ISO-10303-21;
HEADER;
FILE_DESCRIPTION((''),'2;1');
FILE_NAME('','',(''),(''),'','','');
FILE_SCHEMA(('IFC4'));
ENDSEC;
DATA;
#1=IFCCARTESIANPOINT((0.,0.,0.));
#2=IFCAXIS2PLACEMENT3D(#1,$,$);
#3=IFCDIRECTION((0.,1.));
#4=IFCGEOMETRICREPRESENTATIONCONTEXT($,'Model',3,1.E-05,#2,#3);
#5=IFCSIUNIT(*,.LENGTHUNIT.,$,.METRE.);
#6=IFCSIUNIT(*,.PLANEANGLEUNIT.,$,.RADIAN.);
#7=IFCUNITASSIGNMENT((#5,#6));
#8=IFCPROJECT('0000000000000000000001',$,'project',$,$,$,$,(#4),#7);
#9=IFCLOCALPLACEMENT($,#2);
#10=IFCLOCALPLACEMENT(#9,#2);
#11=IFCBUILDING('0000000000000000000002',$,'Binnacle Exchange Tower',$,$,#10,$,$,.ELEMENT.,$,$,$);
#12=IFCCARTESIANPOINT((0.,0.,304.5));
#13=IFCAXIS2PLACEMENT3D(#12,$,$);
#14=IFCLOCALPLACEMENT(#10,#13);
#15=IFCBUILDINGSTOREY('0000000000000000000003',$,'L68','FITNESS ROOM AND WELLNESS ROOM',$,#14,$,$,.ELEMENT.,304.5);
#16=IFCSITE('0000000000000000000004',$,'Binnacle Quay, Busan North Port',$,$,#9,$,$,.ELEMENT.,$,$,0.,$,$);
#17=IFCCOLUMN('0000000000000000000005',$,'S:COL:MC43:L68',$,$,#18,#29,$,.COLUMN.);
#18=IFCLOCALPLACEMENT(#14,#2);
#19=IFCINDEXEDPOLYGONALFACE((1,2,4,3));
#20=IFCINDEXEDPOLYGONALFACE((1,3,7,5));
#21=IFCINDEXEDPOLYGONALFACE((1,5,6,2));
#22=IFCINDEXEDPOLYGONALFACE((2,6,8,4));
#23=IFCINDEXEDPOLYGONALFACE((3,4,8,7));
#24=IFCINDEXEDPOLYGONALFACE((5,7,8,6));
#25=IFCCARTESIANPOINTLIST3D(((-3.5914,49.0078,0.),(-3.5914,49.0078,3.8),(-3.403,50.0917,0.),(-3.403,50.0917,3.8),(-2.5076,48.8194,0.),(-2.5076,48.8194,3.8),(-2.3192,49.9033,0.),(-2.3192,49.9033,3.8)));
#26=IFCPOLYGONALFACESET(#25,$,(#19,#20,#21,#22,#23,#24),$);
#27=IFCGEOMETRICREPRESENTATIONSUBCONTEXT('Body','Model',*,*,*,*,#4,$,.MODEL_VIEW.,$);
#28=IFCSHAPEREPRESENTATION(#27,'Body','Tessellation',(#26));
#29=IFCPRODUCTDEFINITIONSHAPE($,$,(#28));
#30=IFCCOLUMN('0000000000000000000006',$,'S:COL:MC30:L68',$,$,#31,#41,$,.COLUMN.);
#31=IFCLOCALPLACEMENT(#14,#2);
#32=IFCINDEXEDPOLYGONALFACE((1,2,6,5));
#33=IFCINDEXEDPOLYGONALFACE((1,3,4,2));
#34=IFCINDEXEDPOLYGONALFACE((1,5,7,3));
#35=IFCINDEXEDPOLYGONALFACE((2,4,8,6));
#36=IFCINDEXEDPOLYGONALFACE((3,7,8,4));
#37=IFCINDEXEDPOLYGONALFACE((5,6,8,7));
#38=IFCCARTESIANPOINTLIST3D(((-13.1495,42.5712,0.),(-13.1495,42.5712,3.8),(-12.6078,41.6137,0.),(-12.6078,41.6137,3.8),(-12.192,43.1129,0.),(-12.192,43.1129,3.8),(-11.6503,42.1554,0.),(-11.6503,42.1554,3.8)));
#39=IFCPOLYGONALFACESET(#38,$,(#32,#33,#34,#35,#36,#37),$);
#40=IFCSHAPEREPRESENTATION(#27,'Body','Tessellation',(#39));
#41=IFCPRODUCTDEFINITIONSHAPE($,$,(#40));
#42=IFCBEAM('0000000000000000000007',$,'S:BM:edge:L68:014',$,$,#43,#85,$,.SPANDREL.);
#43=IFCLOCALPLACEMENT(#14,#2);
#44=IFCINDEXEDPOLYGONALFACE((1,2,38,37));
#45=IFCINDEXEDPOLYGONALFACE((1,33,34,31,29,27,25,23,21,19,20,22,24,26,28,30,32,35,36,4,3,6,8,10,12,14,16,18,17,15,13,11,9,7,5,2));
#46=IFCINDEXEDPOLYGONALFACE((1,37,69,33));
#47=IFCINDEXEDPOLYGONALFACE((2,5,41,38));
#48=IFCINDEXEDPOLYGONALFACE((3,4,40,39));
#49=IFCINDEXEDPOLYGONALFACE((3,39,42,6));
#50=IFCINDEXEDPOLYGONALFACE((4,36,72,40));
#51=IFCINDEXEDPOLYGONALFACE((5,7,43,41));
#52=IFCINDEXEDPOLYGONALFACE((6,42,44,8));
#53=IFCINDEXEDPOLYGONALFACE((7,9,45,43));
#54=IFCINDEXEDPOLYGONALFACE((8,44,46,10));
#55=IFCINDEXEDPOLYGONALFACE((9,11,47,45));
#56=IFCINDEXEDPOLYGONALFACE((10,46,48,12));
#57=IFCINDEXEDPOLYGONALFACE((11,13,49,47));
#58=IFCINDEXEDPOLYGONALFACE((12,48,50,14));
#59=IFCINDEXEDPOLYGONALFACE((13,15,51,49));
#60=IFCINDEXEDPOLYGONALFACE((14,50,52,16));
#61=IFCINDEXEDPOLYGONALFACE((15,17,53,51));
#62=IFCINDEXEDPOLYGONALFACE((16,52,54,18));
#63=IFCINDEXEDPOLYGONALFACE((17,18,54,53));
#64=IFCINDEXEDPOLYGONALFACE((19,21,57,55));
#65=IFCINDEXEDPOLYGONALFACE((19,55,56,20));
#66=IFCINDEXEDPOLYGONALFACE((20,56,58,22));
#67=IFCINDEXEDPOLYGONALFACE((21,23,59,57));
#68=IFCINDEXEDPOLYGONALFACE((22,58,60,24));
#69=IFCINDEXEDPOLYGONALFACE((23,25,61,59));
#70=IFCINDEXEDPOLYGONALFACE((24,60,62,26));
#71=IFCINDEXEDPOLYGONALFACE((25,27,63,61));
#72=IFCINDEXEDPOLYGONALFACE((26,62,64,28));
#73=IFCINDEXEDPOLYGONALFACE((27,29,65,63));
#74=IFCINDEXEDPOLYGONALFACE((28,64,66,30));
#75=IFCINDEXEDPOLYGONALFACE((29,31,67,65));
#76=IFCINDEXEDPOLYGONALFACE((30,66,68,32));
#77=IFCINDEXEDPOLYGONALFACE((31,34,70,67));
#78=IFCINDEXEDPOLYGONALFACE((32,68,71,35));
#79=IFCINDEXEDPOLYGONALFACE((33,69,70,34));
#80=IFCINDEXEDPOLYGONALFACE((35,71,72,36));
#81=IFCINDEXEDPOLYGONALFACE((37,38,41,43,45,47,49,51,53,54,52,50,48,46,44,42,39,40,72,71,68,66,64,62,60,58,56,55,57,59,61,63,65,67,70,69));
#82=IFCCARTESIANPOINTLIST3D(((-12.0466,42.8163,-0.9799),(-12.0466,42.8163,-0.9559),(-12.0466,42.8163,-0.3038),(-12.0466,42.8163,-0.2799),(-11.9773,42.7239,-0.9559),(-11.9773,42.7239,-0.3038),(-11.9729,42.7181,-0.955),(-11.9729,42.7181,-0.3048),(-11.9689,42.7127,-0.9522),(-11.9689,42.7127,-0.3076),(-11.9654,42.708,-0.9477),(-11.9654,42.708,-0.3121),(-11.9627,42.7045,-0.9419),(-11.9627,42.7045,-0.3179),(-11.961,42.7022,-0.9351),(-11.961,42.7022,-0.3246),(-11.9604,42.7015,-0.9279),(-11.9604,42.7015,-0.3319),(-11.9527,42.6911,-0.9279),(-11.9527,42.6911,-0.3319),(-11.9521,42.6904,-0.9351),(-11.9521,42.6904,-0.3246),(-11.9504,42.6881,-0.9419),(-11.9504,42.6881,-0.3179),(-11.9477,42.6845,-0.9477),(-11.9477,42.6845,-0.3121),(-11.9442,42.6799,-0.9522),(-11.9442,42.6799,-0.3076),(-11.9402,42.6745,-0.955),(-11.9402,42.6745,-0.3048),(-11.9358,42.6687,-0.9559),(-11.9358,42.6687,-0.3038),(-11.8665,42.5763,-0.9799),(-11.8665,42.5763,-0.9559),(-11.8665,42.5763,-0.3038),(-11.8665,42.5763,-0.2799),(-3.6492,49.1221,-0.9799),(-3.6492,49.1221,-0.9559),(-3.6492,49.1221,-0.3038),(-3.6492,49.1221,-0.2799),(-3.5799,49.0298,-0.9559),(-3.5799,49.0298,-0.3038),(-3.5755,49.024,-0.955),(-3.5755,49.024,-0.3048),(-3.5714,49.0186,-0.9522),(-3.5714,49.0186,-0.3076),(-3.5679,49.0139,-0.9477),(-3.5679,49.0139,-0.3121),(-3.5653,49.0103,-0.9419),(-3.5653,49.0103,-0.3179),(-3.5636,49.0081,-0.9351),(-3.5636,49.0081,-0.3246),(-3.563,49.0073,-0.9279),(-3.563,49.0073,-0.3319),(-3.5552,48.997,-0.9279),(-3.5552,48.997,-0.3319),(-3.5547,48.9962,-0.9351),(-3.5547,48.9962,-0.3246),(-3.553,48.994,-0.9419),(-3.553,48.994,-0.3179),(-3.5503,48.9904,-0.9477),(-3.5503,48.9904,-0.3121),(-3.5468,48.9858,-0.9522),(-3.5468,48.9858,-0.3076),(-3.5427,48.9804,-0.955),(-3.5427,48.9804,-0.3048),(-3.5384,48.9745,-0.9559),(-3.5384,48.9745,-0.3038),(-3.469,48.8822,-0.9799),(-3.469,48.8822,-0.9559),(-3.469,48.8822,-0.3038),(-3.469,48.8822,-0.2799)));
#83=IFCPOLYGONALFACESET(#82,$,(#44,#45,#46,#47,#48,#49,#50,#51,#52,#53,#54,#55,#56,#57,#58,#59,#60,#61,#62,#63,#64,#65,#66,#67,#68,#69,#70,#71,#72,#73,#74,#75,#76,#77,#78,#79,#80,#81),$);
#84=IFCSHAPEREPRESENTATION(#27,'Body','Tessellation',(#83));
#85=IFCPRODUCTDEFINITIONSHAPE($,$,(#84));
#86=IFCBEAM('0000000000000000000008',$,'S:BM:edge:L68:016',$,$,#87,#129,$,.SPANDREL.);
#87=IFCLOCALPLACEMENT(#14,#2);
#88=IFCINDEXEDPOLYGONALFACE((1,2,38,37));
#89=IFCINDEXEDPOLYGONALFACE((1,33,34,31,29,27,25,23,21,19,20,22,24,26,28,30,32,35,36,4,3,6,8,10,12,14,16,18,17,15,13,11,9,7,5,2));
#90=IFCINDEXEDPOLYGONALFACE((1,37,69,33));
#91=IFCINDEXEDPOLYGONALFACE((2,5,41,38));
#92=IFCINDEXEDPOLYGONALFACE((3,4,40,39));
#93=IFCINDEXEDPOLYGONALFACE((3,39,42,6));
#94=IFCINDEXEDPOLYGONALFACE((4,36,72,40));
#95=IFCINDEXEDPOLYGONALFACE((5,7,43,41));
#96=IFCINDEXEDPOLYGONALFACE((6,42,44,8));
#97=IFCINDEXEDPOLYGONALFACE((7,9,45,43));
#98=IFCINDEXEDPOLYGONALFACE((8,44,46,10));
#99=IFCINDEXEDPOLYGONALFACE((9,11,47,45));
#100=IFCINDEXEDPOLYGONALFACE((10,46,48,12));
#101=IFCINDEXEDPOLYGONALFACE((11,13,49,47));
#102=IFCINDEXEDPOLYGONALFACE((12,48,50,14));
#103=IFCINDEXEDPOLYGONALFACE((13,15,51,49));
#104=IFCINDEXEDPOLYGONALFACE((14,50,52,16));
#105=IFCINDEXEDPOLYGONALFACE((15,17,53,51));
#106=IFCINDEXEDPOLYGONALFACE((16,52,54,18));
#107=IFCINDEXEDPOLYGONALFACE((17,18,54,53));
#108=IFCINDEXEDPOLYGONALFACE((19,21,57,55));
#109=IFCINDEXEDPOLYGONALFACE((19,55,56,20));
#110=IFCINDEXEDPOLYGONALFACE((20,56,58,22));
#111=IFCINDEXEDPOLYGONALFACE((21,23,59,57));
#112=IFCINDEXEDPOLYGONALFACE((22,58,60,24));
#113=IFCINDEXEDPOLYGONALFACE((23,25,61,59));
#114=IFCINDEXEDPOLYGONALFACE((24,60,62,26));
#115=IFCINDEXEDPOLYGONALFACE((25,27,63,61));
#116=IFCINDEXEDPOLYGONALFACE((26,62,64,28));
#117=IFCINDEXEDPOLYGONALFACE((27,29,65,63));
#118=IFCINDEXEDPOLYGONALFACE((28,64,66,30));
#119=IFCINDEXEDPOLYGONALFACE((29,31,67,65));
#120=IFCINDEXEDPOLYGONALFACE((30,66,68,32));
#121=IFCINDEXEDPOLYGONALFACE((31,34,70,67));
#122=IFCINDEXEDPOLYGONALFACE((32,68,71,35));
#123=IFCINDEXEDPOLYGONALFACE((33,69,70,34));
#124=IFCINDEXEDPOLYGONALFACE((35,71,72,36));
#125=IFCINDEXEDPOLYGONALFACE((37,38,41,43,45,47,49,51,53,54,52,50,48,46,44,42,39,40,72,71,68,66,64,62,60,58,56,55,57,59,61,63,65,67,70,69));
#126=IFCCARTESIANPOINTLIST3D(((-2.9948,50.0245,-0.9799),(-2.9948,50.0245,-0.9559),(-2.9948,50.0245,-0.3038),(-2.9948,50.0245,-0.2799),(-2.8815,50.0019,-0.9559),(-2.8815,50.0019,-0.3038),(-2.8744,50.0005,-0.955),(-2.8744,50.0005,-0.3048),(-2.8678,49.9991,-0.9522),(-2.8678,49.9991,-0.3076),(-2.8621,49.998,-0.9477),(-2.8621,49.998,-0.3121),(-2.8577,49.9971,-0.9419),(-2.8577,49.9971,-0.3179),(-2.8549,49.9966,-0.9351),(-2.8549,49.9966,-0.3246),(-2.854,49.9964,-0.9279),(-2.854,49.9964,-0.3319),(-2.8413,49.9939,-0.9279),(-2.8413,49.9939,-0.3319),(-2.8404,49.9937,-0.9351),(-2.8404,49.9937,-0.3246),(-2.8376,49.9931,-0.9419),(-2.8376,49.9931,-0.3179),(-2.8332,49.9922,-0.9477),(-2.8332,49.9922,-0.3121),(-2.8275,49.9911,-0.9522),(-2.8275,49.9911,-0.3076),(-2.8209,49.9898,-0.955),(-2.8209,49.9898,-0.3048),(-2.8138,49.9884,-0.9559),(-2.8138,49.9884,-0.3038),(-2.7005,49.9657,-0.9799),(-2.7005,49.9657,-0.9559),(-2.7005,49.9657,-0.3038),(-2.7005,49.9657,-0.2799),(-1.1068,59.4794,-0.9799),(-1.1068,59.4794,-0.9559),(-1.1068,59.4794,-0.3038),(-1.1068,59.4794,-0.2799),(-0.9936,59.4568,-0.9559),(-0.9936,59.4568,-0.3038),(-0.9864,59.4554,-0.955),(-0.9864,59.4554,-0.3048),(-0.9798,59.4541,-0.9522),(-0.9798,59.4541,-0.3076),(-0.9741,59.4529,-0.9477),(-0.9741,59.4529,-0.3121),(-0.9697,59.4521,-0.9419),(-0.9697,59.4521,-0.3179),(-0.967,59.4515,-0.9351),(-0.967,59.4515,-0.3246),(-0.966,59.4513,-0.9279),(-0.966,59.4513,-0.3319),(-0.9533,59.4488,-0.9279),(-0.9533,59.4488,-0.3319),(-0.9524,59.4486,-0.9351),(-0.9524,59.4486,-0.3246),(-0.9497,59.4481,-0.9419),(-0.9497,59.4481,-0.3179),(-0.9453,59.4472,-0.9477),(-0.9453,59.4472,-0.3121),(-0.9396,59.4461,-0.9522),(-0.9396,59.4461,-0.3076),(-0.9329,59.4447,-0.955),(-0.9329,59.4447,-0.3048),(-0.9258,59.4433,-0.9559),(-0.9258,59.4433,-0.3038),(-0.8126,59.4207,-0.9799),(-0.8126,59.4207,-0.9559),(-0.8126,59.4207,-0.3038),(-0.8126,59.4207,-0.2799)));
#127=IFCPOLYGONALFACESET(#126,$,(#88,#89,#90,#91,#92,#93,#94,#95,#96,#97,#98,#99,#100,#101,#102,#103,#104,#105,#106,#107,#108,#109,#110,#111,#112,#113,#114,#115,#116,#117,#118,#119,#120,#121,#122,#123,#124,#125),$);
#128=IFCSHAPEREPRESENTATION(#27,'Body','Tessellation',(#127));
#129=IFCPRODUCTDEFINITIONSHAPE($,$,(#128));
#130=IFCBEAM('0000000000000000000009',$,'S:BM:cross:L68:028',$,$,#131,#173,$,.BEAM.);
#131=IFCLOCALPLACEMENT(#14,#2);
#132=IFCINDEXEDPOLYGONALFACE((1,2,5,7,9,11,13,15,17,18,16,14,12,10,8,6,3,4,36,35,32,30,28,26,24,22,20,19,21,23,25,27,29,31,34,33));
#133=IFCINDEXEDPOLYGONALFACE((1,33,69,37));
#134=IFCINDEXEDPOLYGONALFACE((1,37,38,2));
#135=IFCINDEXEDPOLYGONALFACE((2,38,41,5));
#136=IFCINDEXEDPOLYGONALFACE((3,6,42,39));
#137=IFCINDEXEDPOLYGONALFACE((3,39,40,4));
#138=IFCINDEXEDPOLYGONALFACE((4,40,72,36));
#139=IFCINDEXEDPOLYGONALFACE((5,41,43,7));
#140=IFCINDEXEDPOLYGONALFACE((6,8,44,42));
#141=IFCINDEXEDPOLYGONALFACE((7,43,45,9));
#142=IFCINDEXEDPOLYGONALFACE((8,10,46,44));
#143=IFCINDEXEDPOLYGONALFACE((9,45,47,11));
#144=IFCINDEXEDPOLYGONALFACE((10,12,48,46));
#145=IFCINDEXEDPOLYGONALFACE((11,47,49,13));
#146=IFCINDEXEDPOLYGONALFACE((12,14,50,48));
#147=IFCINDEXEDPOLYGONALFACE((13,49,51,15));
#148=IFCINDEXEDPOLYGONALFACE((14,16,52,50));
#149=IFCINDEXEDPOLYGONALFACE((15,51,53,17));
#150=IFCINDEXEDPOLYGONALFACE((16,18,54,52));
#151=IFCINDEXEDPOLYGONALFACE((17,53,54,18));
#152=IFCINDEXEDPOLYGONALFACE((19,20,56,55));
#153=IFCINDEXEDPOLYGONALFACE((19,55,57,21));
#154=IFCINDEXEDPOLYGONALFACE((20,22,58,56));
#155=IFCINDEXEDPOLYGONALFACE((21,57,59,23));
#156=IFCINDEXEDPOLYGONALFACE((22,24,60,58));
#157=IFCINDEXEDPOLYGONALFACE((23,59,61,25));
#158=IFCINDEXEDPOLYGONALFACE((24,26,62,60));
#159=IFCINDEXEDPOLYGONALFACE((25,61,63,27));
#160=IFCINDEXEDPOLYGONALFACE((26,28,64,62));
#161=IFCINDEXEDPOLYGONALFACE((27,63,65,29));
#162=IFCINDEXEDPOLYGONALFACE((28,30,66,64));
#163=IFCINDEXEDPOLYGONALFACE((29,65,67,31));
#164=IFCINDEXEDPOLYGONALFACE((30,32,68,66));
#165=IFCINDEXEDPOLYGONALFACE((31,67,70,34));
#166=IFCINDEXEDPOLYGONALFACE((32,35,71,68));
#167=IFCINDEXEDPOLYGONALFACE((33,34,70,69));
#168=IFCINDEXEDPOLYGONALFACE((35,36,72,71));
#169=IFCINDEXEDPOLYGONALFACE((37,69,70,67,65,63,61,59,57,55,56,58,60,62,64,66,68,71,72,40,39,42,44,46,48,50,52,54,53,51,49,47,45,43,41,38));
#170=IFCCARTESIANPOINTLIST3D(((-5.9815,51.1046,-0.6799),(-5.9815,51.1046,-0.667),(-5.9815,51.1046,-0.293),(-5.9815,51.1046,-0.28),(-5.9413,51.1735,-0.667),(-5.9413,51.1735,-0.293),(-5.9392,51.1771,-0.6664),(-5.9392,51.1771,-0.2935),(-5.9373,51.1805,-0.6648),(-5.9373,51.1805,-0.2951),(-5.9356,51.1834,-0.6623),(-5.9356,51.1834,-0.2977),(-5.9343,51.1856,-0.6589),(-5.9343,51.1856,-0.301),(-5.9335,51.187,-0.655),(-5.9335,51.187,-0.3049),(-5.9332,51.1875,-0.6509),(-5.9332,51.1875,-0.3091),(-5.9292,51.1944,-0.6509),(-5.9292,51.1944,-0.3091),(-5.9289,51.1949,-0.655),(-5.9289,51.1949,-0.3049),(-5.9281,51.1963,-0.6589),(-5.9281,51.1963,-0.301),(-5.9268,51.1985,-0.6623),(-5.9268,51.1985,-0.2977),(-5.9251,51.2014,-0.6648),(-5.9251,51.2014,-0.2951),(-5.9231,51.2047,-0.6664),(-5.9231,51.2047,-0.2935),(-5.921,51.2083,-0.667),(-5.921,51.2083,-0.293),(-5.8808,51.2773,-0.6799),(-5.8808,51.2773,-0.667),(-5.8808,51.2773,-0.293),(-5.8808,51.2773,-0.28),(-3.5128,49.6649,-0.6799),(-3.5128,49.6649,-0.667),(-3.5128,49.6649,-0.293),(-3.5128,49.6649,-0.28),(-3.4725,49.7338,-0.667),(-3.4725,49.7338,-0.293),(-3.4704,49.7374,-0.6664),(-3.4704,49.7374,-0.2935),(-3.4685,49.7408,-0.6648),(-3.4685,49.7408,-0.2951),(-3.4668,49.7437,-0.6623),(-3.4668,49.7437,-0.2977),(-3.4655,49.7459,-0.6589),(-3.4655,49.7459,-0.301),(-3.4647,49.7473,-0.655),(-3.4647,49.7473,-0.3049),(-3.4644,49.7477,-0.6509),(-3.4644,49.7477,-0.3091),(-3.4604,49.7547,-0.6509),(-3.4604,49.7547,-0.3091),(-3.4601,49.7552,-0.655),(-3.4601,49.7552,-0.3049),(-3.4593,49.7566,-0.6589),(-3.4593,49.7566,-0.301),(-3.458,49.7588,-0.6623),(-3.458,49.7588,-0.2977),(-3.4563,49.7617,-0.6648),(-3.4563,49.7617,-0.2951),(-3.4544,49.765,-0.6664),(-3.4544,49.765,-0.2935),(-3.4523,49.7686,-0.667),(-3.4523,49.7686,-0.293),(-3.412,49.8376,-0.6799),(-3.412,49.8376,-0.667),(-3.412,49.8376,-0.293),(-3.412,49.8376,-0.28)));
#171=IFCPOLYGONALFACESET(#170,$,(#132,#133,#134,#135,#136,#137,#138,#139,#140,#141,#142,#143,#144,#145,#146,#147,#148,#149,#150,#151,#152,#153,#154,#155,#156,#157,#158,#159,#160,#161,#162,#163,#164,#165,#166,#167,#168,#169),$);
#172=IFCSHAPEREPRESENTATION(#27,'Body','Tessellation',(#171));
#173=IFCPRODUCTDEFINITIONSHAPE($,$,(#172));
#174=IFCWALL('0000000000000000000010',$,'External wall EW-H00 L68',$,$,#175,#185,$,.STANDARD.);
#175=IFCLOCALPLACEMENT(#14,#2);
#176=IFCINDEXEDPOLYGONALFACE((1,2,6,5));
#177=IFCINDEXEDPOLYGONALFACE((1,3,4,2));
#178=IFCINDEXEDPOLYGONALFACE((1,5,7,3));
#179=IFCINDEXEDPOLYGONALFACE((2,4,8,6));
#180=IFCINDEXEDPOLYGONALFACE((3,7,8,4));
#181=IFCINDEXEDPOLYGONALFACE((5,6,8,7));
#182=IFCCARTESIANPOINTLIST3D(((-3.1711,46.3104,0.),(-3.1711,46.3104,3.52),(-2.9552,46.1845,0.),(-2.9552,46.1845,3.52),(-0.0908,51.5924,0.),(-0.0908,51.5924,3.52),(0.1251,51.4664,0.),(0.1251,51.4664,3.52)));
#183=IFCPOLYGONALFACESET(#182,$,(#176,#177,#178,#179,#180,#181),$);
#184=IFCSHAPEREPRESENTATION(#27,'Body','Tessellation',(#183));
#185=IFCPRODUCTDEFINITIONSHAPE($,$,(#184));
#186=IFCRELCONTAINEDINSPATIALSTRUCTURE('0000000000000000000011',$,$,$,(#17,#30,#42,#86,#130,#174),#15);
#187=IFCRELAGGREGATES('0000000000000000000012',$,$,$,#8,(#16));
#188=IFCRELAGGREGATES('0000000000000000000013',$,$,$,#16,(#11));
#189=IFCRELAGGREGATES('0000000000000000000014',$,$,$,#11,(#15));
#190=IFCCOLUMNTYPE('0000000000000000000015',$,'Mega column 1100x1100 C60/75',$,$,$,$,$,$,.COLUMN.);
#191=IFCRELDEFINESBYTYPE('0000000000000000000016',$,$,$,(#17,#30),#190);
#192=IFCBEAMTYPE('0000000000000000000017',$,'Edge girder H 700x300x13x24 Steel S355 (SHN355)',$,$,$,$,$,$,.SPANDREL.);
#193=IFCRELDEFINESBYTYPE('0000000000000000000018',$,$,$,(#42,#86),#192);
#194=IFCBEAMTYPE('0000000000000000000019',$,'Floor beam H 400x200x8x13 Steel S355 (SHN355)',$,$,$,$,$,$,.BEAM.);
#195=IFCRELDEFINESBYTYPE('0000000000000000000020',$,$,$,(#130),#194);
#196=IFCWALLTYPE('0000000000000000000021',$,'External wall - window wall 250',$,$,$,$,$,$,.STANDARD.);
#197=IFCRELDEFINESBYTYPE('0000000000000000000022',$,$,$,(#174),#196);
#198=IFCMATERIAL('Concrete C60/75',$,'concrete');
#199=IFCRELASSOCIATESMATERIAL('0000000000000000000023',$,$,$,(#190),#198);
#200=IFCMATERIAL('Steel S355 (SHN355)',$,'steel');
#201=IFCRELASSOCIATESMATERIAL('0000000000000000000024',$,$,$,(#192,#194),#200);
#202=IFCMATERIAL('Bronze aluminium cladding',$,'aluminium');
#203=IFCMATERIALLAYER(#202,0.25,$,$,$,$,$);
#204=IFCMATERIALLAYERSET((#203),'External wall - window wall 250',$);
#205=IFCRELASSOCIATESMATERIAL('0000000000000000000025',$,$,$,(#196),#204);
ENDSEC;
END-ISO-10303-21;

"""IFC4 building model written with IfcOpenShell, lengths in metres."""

from ifc_helpers import new_model, si_unit, direction, frame, frame_2d, origin, origin_2d, place, context, subcontext, project, spatial, rectangle, i_section, extrude, material, layer, layer_set, material_profile, profile_set, type_object, element, save


model = new_model("IFC4")

# Units and contexts
model_context = context("Model", 3, precision=1e-05, world=origin(), true_north=direction((0.0, 1.0)))
body_context = subcontext(model_context, "Body", "Model", "MODEL_VIEW")
ifc_project = project(units=[si_unit("LENGTHUNIT", "METRE"), si_unit("PLANEANGLEUNIT", "RADIAN")], contexts=[model_context])

# Site, building, storey
site_placement = place(None, origin())
site = spatial("IfcSite", under=ifc_project, at=site_placement, Name="Binnacle Quay, Busan North Port", CompositionType="ELEMENT", RefElevation=0.0)
building_placement = place(site_placement, origin())
building = spatial("IfcBuilding", under=site, at=building_placement, Name="Binnacle Exchange Tower", CompositionType="ELEMENT")
storey_placement = place(building_placement, frame((0.0, 0.0, 304.5)))
storey = spatial("IfcBuildingStorey", under=building, at=storey_placement, Name="L68", Description="FITNESS ROOM AND WELLNESS ROOM", CompositionType="ELEMENT", Elevation=304.5)

# Columns
ifc_material_1 = material(Name="Concrete C60/75", Category="concrete")
ifc_material_profile_1 = material_profile(ifc_material_1, rectangle(XDim=1.1001, YDim=1.1001, at=origin_2d()), Name="Mega column 1100x1100 C60/75")
ifc_profile_set_1 = profile_set([ifc_material_profile_1], Name="Concrete C60/75")
column_type = type_object("IfcColumnType", Name="Mega column 1100x1100 C60/75", PredefinedType="COLUMN", material=ifc_profile_set_1)
for number, where, z_axis, x_axis, name in (
    (1, (-2.9553, 49.4556, 0.0), (0.0, 0.0, 1.0), (-0.985226, 0.171259, 0.0), "S:COL:MC43:L68"),
    (2, (-12.3999, 42.3633, 0.0), (0.0, 0.0, 1.0), (0.870356, 0.492424, 0.0), "S:COL:MC30:L68"),
):
    element("IfcColumn", number, at=place(storey_placement, frame(where, z_axis=z_axis, x_axis=x_axis)), inside=storey, type_object=column_type, Name=name, PredefinedType="COLUMN", context=body_context, shape_type="SweptSolid", body=[
        extrude(rectangle(XDim=1.1001, YDim=1.1001, at=origin_2d()), origin(), (0.0, 0.0, 1.0), 3.8),
    ])

# Beams
ifc_material_2 = material(Name="Steel S355 (SHN355)", Category="steel")
ifc_material_profile_2 = material_profile(ifc_material_2, i_section(OverallWidth=0.3, OverallDepth=0.7, WebThickness=0.0129, FlangeThickness=0.0239, FilletRadius=0.0281, at=origin_2d()), Name="H 700x300x13x24")
ifc_profile_set_2 = profile_set([ifc_material_profile_2], Name="Steel S355 (SHN355)")
beam_type_1 = type_object("IfcBeamType", Name="Edge girder H 700x300x13x24 Steel S355 (SHN355)", PredefinedType="SPANDREL", material=ifc_profile_set_2)
beam_1_placement = place(storey_placement, frame((-11.9565, 42.6963, -0.6299), z_axis=(0.799643, 0.600476, 0.0), x_axis=(-0.600476, 0.799643, 0.0)))
element("IfcBeam", 3, at=beam_1_placement, inside=storey, type_object=beam_type_1, Name="S:BM:edge:L68:014", PredefinedType="SPANDREL", context=body_context, shape_type="SweptSolid", body=[
    extrude(i_section(OverallWidth=0.3, OverallDepth=0.7, WebThickness=0.0129, FlangeThickness=0.0239, FilletRadius=0.0281, at=origin_2d()), origin(), (0.0, 0.0, 1.0), 10.5015),
])
beam_2_placement = place(storey_placement, frame((-2.8477, 49.9951, -0.6299), z_axis=(0.195814, 0.980641, 0.0), x_axis=(-0.980641, 0.195814, 0.0)))
element("IfcBeam", 4, at=beam_2_placement, inside=storey, type_object=beam_type_1, Name="S:BM:edge:L68:016", PredefinedType="SPANDREL", context=body_context, shape_type="SweptSolid", body=[
    extrude(i_section(OverallWidth=0.3, OverallDepth=0.7, WebThickness=0.0129, FlangeThickness=0.0239, FilletRadius=0.0281, at=origin_2d()), origin(), (0.0, 0.0, 1.0), 9.6416),
])
ifc_material_profile_3 = material_profile(ifc_material_2, i_section(OverallWidth=0.2, OverallDepth=0.3999, WebThickness=0.0081, FlangeThickness=0.0129, FilletRadius=0.0161, at=origin_2d()), Name="H 400x200x8x13")
ifc_profile_set_3 = profile_set([ifc_material_profile_3], Name="Steel S355 (SHN355)")
beam_type_2 = type_object("IfcBeamType", Name="Floor beam H 400x200x8x13 Steel S355 (SHN355)", PredefinedType="BEAM", material=ifc_profile_set_3)
beam_3_placement = place(storey_placement, frame((-3.4624, 49.7512, -0.48), z_axis=(-0.863841, 0.503765, 0.0), x_axis=(-0.503765, -0.863841, 0.0)))
element("IfcBeam", 5, at=beam_3_placement, inside=storey, type_object=beam_type_2, Name="S:BM:cross:L68:028", PredefinedType="BEAM", context=body_context, shape_type="SweptSolid", body=[
    extrude(i_section(OverallWidth=0.2, OverallDepth=0.3999, WebThickness=0.0081, FlangeThickness=0.0129, FilletRadius=0.0161, at=origin_2d()), origin(), (0.0, 0.0, 1.0), 2.8579),
])

# Wall
ifc_material_3 = material(Name="Bronze aluminium cladding", Category="aluminium")
ifc_layer_1 = layer(ifc_material_3, 0.25)
ifc_layer_set_1 = layer_set([ifc_layer_1], Name="External wall - window wall 250")
wall_type_1 = type_object("IfcWallType", Name="External wall - window wall 250", PredefinedType="STANDARD", material=ifc_layer_set_1)
wall_1_placement = place(storey_placement, frame((0.0171, 51.5293, 0.0), z_axis=(0.0, 0.0, 1.0), x_axis=(-0.503769, -0.863838, 0.0)))
element("IfcWall", 6, at=wall_1_placement, inside=storey, type_object=wall_type_1, Name="External wall EW-H00 L68", PredefinedType="STANDARD", context=body_context, shape_type="SweptSolid", body=[
    extrude(rectangle(XDim=6.1145, YDim=0.25, at=frame_2d((3.0571, 0.0))), origin(), (0.0, 0.0, 1.0), 3.52),
])

save(model, "model.ifc")
